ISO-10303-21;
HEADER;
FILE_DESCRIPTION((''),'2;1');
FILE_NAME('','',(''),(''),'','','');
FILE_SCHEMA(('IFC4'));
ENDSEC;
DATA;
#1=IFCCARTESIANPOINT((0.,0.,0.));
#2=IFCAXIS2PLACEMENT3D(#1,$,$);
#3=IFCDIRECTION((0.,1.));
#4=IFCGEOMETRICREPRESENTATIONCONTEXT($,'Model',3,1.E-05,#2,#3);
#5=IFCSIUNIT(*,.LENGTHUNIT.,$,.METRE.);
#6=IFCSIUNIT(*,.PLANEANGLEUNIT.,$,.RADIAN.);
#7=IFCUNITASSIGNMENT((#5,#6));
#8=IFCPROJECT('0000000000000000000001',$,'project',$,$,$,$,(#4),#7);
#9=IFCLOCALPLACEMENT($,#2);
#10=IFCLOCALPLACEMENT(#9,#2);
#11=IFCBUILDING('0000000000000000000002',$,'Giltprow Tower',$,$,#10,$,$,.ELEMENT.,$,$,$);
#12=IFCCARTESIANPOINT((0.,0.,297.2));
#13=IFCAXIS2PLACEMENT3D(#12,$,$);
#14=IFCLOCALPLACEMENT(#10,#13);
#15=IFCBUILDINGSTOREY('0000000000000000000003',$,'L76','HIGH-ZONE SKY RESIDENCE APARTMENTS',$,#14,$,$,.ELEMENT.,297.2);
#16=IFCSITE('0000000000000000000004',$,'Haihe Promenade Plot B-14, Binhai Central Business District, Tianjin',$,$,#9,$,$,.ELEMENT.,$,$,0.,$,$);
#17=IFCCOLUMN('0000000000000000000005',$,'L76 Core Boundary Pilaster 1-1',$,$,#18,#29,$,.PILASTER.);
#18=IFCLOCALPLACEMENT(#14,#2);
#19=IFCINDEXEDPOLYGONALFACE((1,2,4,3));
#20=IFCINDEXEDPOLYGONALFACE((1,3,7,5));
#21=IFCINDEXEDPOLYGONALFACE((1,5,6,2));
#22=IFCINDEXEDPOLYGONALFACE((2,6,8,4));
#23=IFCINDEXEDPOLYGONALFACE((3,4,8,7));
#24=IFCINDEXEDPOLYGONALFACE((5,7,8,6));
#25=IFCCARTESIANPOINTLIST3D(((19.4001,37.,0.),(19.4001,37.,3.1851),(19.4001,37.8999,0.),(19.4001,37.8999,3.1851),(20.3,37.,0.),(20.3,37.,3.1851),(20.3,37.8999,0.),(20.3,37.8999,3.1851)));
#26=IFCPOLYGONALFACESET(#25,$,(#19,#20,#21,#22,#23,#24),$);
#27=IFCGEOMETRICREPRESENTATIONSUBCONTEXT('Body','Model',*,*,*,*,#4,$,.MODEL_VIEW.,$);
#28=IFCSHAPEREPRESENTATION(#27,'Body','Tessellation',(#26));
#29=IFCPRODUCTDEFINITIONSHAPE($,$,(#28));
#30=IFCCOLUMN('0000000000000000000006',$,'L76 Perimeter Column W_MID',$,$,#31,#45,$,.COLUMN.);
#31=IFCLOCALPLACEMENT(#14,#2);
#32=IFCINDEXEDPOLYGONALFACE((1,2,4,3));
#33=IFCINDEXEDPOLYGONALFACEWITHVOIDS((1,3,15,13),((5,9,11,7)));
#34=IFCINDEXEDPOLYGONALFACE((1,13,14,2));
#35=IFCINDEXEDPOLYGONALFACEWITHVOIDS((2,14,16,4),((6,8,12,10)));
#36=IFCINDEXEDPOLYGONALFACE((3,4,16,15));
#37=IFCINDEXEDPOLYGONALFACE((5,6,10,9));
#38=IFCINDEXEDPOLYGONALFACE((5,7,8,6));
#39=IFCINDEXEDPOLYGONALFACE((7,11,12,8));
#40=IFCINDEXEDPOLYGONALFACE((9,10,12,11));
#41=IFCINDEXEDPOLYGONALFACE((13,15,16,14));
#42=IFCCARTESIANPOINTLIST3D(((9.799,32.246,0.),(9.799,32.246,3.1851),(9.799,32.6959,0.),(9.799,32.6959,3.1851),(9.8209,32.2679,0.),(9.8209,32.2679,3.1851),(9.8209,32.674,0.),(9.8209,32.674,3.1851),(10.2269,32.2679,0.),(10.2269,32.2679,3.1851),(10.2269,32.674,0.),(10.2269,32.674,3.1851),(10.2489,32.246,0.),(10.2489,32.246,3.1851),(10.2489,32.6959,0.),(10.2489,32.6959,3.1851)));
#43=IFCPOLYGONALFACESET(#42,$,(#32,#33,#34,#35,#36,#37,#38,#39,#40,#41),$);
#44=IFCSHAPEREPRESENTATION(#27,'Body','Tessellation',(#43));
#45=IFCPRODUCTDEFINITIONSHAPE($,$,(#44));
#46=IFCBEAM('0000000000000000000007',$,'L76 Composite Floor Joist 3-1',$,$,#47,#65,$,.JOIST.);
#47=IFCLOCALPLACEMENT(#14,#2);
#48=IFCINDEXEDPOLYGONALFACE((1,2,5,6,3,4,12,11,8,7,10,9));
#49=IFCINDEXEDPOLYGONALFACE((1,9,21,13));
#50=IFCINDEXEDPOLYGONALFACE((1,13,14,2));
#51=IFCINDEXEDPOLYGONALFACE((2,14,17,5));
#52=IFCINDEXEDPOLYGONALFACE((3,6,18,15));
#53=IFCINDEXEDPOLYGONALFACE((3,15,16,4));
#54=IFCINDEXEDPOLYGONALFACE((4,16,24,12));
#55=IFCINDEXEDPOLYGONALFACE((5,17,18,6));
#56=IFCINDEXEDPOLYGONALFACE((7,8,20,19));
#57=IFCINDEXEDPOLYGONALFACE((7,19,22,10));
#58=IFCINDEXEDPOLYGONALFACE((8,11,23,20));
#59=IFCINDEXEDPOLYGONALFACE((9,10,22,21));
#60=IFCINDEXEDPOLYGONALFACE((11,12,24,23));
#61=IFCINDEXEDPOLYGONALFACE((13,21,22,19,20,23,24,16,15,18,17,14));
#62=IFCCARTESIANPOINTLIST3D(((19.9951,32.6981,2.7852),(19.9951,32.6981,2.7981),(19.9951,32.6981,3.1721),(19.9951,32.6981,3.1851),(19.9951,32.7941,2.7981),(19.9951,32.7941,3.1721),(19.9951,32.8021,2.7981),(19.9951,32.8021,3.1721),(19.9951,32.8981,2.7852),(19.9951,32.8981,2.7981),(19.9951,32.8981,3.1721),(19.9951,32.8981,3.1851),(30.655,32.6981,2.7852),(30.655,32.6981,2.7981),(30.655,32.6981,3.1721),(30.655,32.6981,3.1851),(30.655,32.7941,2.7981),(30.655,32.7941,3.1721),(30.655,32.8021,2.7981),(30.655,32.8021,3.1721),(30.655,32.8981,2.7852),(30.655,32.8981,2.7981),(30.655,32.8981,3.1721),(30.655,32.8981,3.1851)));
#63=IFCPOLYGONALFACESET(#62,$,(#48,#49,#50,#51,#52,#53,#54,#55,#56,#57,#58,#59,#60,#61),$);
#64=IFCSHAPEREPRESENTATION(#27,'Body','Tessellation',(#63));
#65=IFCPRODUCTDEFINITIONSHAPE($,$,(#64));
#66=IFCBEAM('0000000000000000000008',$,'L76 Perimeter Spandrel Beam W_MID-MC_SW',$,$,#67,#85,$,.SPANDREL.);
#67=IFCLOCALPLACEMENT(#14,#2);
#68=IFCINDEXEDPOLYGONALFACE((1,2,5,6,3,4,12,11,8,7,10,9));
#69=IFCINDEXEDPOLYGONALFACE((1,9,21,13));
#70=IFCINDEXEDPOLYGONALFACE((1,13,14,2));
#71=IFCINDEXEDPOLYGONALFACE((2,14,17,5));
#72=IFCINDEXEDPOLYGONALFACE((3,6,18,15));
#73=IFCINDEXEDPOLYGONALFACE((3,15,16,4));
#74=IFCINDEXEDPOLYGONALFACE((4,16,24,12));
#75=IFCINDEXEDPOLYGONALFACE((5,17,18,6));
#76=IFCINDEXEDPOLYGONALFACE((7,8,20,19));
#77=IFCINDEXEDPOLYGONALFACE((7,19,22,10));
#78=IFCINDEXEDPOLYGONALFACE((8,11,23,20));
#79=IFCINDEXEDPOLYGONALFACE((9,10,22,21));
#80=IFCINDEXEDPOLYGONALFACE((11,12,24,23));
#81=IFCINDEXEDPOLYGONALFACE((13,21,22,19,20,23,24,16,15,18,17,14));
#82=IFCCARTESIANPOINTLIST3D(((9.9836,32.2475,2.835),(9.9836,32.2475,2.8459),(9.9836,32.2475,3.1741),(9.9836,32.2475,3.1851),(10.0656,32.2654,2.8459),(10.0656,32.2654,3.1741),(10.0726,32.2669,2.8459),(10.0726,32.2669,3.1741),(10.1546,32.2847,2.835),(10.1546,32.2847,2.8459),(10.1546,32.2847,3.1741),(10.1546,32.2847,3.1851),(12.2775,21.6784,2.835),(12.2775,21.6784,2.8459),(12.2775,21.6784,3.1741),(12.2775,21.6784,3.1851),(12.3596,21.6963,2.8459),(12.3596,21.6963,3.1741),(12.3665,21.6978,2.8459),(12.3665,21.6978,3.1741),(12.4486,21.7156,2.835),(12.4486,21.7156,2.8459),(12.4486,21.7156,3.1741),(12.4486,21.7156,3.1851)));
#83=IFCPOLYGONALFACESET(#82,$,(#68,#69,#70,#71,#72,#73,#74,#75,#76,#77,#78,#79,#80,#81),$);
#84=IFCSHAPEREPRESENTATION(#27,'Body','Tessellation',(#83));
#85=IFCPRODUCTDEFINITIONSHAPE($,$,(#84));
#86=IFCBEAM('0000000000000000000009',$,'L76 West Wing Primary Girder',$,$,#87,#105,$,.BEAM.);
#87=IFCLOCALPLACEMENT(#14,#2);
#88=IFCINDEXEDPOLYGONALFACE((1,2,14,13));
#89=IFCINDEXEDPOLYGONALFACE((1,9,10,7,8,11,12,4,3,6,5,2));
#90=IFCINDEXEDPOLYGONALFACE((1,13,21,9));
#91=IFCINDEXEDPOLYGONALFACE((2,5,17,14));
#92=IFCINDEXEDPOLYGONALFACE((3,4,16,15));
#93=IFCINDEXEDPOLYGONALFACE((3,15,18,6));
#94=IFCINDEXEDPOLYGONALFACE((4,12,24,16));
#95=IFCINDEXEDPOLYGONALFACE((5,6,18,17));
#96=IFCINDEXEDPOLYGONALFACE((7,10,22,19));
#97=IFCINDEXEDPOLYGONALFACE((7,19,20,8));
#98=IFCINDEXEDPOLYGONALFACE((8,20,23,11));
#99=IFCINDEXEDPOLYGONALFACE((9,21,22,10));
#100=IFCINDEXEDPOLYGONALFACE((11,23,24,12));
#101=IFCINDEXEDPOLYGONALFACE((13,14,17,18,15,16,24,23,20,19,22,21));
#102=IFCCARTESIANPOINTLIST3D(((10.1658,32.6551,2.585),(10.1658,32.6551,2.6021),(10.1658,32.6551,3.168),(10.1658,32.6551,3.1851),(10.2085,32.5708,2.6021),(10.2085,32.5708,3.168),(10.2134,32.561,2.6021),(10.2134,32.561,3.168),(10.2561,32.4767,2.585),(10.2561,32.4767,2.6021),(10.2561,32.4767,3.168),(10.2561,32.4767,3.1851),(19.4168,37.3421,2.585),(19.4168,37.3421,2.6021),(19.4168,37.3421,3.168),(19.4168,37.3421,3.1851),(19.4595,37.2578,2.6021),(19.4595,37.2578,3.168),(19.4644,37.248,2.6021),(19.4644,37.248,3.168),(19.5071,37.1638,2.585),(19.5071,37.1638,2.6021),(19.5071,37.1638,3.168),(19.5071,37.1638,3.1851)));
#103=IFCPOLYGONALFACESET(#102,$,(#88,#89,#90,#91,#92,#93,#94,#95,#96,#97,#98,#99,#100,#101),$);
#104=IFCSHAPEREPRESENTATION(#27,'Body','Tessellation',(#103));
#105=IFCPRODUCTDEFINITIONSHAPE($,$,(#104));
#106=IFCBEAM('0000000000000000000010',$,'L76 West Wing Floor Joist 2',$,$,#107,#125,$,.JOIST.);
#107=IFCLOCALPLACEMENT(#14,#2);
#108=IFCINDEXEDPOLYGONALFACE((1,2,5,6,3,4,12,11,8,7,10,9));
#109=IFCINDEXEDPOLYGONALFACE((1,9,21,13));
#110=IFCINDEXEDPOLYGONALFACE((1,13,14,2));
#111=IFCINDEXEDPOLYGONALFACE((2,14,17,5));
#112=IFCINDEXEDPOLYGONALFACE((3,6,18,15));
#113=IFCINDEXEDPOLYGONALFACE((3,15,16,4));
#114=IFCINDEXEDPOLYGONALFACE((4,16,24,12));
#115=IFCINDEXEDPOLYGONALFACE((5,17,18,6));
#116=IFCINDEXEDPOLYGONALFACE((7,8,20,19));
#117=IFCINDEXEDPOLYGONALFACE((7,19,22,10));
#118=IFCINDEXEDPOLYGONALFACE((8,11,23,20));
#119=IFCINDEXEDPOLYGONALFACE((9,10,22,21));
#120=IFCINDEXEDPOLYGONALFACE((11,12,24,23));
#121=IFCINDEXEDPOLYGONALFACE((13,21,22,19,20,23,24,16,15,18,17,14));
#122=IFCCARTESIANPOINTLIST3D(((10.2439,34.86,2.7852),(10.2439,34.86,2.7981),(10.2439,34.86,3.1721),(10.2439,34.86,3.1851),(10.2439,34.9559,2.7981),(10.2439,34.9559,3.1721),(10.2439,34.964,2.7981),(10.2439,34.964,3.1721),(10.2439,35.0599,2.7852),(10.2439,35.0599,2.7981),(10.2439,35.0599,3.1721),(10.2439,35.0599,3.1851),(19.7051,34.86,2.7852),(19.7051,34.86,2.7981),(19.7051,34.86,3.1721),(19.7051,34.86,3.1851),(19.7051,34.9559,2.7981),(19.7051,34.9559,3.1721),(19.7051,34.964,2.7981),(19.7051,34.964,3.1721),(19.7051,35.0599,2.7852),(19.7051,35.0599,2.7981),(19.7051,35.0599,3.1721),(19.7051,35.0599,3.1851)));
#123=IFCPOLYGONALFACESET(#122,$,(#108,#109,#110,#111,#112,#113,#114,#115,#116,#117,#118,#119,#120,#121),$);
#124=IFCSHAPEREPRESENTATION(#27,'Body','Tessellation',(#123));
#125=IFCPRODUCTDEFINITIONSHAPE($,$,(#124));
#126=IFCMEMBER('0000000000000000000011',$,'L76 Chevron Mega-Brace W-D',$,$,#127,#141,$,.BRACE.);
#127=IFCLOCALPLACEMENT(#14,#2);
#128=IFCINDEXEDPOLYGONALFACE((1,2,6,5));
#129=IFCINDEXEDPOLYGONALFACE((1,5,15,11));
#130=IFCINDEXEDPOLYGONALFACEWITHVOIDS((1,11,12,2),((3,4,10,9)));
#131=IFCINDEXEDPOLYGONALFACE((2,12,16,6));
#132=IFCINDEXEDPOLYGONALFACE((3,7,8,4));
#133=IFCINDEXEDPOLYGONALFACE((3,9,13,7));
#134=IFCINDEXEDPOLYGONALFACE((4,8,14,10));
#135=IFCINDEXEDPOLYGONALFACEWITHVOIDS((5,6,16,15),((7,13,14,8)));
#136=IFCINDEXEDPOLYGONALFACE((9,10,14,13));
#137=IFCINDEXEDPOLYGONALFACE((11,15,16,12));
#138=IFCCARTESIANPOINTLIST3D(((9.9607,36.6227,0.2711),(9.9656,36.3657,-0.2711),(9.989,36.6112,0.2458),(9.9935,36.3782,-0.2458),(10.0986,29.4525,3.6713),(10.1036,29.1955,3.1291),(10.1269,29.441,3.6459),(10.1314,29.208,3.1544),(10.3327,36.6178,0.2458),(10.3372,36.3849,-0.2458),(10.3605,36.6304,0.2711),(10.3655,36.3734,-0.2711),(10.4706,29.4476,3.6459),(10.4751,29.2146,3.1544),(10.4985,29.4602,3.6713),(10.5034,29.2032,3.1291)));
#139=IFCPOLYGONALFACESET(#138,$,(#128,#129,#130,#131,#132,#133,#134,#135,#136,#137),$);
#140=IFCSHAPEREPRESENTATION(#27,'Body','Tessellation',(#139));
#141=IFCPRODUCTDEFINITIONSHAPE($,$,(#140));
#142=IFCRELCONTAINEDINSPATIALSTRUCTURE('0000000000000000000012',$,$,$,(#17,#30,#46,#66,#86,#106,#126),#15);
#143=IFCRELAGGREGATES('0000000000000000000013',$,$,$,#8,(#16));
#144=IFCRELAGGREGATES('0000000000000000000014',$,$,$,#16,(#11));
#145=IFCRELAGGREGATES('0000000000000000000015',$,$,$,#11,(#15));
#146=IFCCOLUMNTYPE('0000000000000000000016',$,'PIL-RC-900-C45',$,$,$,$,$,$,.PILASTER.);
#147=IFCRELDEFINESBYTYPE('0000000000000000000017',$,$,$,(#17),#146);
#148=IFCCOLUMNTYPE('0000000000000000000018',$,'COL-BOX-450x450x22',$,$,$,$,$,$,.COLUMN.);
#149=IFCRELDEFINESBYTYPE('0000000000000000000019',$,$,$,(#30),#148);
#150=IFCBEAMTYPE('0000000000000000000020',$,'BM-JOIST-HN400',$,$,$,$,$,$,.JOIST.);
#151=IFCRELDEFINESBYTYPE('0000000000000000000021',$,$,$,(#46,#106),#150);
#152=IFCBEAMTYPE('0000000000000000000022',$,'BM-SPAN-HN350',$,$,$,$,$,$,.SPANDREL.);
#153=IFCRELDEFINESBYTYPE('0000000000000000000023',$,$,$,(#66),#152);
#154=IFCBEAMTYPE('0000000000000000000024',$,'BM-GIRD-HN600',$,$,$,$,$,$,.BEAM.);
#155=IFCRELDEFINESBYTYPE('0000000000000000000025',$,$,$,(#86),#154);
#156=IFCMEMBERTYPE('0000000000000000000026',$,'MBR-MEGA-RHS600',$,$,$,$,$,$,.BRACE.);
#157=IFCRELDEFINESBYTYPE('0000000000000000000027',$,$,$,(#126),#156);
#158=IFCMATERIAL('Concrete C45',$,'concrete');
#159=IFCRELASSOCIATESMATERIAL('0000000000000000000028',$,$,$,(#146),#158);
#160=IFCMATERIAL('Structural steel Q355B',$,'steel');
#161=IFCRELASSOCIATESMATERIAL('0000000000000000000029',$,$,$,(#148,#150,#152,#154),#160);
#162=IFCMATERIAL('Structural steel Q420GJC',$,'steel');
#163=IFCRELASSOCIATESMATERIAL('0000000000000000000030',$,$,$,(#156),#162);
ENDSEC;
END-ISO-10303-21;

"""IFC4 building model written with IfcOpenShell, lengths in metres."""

from ifc_helpers import new_model, si_unit, direction, frame, origin, origin_2d, place, context, subcontext, project, spatial, rectangle, hollow_rectangle, i_section, extrude, source, transform, mapped, material, material_profile, profile_set, type_object, element, save


model = new_model("IFC4")

# Units and contexts
model_context = context("Model", 3, precision=1e-05, world=origin(), true_north=direction((0.0, 1.0)))
body_context = subcontext(model_context, "Body", "Model", "MODEL_VIEW")
ifc_project = project(units=[si_unit("LENGTHUNIT", "METRE"), si_unit("PLANEANGLEUNIT", "RADIAN")], contexts=[model_context])

# Site, building, storey
site_placement = place(None, origin())
site = spatial("IfcSite", under=ifc_project, at=site_placement, Name="Haihe Promenade Plot B-14, Binhai Central Business District, Tianjin", CompositionType="ELEMENT", RefElevation=0.0)
building_placement = place(site_placement, origin())
building = spatial("IfcBuilding", under=site, at=building_placement, Name="Giltprow Tower", CompositionType="ELEMENT")
storey_placement = place(building_placement, frame((0.0, 0.0, 297.2)))
storey = spatial("IfcBuildingStorey", under=building, at=storey_placement, Name="L76", Description="HIGH-ZONE SKY RESIDENCE APARTMENTS", CompositionType="ELEMENT", Elevation=297.2)

# Columns
ifc_material_1 = material(Name="Concrete C45", Category="concrete")
ifc_material_profile_1 = material_profile(ifc_material_1, rectangle(XDim=0.8999, YDim=0.8999, at=origin_2d()), Name="RC 900x900")
ifc_profile_set_1 = profile_set([ifc_material_profile_1], Name="Concrete C45")
column_type_1 = type_object("IfcColumnType", Name="PIL-RC-900-C45", PredefinedType="PILASTER", material=ifc_profile_set_1)
shared_shape_1 = source(origin(), body_context, "Body", "SweptSolid", [
    extrude(rectangle(XDim=0.8999, YDim=0.8999, at=origin_2d()), origin(), (0.0, 0.0, 1.0), 3.1851),
])
column_1_placement = place(storey_placement, frame((19.8501, 37.45, 0.0), z_axis=(0.0, 0.0, 1.0), x_axis=(1.0, 0.0, 0.0)))
element("IfcColumn", 1, at=column_1_placement, inside=storey, type_object=column_type_1, Name="L76 Core Boundary Pilaster 1-1", PredefinedType="PILASTER", context=body_context, shape_type="MappedRepresentation", body=[
    mapped(shared_shape_1, transform((0.0, 0.0, 0.0), x_axis=(1.0, 0.0, 0.0), y_axis=(0.0, 1.0, 0.0), z_axis=(0.0, 0.0, 1.0), scale=1.0)),
])
ifc_material_2 = material(Name="Structural steel Q355B", Category="steel")
ifc_material_profile_2 = material_profile(ifc_material_2, hollow_rectangle(XDim=0.45, YDim=0.45, WallThickness=0.022, at=origin_2d()), Name="BOX 450x450x22")
ifc_profile_set_2 = profile_set([ifc_material_profile_2], Name="Structural steel Q355B")
column_type_2 = type_object("IfcColumnType", Name="COL-BOX-450x450x22", PredefinedType="COLUMN", material=ifc_profile_set_2)
shared_shape_2 = source(origin(), body_context, "Body", "SweptSolid", [
    extrude(hollow_rectangle(XDim=0.45, YDim=0.45, WallThickness=0.022, at=origin_2d()), origin(), (0.0, 0.0, 1.0), 3.1851),
])
column_2_placement = place(storey_placement, frame((10.0239, 32.4709, 0.0), z_axis=(0.0, 0.0, 1.0), x_axis=(1.0, 0.0, 0.0)))
element("IfcColumn", 2, at=column_2_placement, inside=storey, type_object=column_type_2, Name="L76 Perimeter Column W_MID", PredefinedType="COLUMN", context=body_context, shape_type="MappedRepresentation", body=[
    mapped(shared_shape_2, transform((0.0, 0.0, 0.0), x_axis=(1.0, 0.0, 0.0), y_axis=(0.0, 1.0, 0.0), z_axis=(0.0, 0.0, 1.0), scale=1.0)),
])

# Beams
ifc_material_profile_3 = material_profile(ifc_material_2, i_section(OverallWidth=0.2, OverallDepth=0.3999, WebThickness=0.0081, FlangeThickness=0.0129, at=origin_2d()), Name="HN 400x200x8x13")
ifc_profile_set_3 = profile_set([ifc_material_profile_3], Name="Structural steel Q355B")
beam_type_1 = type_object("IfcBeamType", Name="BM-JOIST-HN400", PredefinedType="JOIST", material=ifc_profile_set_3)
shared_shape_3 = source(origin(), body_context, "Body", "SweptSolid", [
    extrude(i_section(OverallWidth=0.2, OverallDepth=0.3999, WebThickness=0.0081, FlangeThickness=0.0129, at=origin_2d()), origin(), (0.0, 0.0, 1.0), 10.6599),
])
beam_1_placement = place(storey_placement, frame((19.9951, 32.7981, 2.9851), z_axis=(1.0, 0.0, 0.0), x_axis=(0.0, 1.0, 0.0)))
element("IfcBeam", 3, at=beam_1_placement, inside=storey, type_object=beam_type_1, Name="L76 Composite Floor Joist 3-1", PredefinedType="JOIST", context=body_context, shape_type="MappedRepresentation", body=[
    mapped(shared_shape_3, transform((0.0, 0.0, 0.0), x_axis=(1.0, 0.0, 0.0), y_axis=(0.0, 1.0, 0.0), z_axis=(0.0, 0.0, 1.0), scale=1.0)),
])
ifc_material_profile_4 = material_profile(ifc_material_2, i_section(OverallWidth=0.175, OverallDepth=0.3501, WebThickness=0.0071, FlangeThickness=0.011, at=origin_2d()), Name="HN 350x175x7x11")
ifc_profile_set_4 = profile_set([ifc_material_profile_4], Name="Structural steel Q355B")
beam_type_2 = type_object("IfcBeamType", Name="BM-SPAN-HN350", PredefinedType="SPANDREL", material=ifc_profile_set_4)
shared_shape_4 = source(origin(), body_context, "Body", "SweptSolid", [
    extrude(i_section(OverallWidth=0.175, OverallDepth=0.3501, WebThickness=0.0071, FlangeThickness=0.011, at=origin_2d()), origin(), (0.0, 0.0, 1.0), 10.8152),
])
beam_2_placement = place(storey_placement, frame((10.0691, 32.2661, 3.01), z_axis=(0.212104, -0.977247, 0.0), x_axis=(0.977247, 0.212104, 0.0)))
element("IfcBeam", 4, at=beam_2_placement, inside=storey, type_object=beam_type_2, Name="L76 Perimeter Spandrel Beam W_MID-MC_SW", PredefinedType="SPANDREL", context=body_context, shape_type="MappedRepresentation", body=[
    mapped(shared_shape_4, transform((0.0, 0.0, 0.0), x_axis=(1.0, 0.0, 0.0), y_axis=(0.0, 1.0, 0.0), z_axis=(0.0, 0.0, 1.0), scale=1.0)),
])
ifc_material_profile_5 = material_profile(ifc_material_2, i_section(OverallWidth=0.2, OverallDepth=0.6001, WebThickness=0.011, FlangeThickness=0.0171, at=origin_2d()), Name="HN 600x200x11x17")
ifc_profile_set_5 = profile_set([ifc_material_profile_5], Name="Structural steel Q355B")
beam_type_3 = type_object("IfcBeamType", Name="BM-GIRD-HN600", PredefinedType="BEAM", material=ifc_profile_set_5)
shared_shape_5 = source(origin(), body_context, "Body", "SweptSolid", [
    extrude(i_section(OverallWidth=0.2, OverallDepth=0.6001, WebThickness=0.011, FlangeThickness=0.0171, at=origin_2d()), origin(), (0.0, 0.0, 1.0), 10.3706),
])
beam_3_placement = place(storey_placement, frame((10.2109, 32.5659, 2.885), z_axis=(0.892042, 0.451953, 0.0), x_axis=(-0.451953, 0.892042, 0.0)))
element("IfcBeam", 5, at=beam_3_placement, inside=storey, type_object=beam_type_3, Name="L76 West Wing Primary Girder", PredefinedType="BEAM", context=body_context, shape_type="MappedRepresentation", body=[
    mapped(shared_shape_5, transform((0.0, 0.0, 0.0), x_axis=(1.0, 0.0, 0.0), y_axis=(0.0, 1.0, 0.0), z_axis=(0.0, 0.0, 1.0), scale=1.0)),
])
shared_shape_6 = source(origin(), body_context, "Body", "SweptSolid", [
    extrude(i_section(OverallWidth=0.2, OverallDepth=0.3999, WebThickness=0.0081, FlangeThickness=0.0129, at=origin_2d()), origin(), (0.0, 0.0, 1.0), 9.4612),
])
beam_4_placement = place(storey_placement, frame((10.2439, 34.96, 2.9851), z_axis=(1.0, 0.0, 0.0), x_axis=(0.0, 1.0, 0.0)))
element("IfcBeam", 6, at=beam_4_placement, inside=storey, type_object=beam_type_1, Name="L76 West Wing Floor Joist 2", PredefinedType="JOIST", context=body_context, shape_type="MappedRepresentation", body=[
    mapped(shared_shape_6, transform((0.0, 0.0, 0.0), x_axis=(1.0, 0.0, 0.0), y_axis=(0.0, 1.0, 0.0), z_axis=(0.0, 0.0, 1.0), scale=1.0)),
])

# Member
ifc_material_3 = material(Name="Structural steel Q420GJC", Category="steel")
ifc_material_profile_6 = material_profile(ifc_material_3, hollow_rectangle(XDim=0.3999, YDim=0.6001, WallThickness=0.0281, at=origin_2d()), Name="RHS 600x400x28")
ifc_profile_set_6 = profile_set([ifc_material_profile_6], Name="Structural steel Q420GJC")
member_type = type_object("IfcMemberType", Name="MBR-MEGA-RHS600", PredefinedType="BRACE", material=ifc_profile_set_6)
shared_shape_7 = source(origin(), body_context, "Body", "SweptSolid", [
    extrude(hollow_rectangle(XDim=0.3999, YDim=0.6001, WallThickness=0.0281, at=origin_2d()), origin(), (0.0, 0.0, 1.0), 7.9368),
])
member_placement = place(storey_placement, frame((10.1631, 36.498, 0.0), z_axis=(0.01738, -0.903418, 0.428408), x_axis=(0.999815, 0.019234, 0.0)))
element("IfcMember", 7, at=member_placement, inside=storey, type_object=member_type, Name="L76 Chevron Mega-Brace W-D", PredefinedType="BRACE", context=body_context, shape_type="MappedRepresentation", body=[
    mapped(shared_shape_7, transform((0.0, 0.0, 0.0), x_axis=(1.0, 0.0, 0.0), y_axis=(0.0, 1.0, 0.0), z_axis=(0.0, 0.0, 1.0), scale=1.0)),
])

save(model, "model.ifc")
